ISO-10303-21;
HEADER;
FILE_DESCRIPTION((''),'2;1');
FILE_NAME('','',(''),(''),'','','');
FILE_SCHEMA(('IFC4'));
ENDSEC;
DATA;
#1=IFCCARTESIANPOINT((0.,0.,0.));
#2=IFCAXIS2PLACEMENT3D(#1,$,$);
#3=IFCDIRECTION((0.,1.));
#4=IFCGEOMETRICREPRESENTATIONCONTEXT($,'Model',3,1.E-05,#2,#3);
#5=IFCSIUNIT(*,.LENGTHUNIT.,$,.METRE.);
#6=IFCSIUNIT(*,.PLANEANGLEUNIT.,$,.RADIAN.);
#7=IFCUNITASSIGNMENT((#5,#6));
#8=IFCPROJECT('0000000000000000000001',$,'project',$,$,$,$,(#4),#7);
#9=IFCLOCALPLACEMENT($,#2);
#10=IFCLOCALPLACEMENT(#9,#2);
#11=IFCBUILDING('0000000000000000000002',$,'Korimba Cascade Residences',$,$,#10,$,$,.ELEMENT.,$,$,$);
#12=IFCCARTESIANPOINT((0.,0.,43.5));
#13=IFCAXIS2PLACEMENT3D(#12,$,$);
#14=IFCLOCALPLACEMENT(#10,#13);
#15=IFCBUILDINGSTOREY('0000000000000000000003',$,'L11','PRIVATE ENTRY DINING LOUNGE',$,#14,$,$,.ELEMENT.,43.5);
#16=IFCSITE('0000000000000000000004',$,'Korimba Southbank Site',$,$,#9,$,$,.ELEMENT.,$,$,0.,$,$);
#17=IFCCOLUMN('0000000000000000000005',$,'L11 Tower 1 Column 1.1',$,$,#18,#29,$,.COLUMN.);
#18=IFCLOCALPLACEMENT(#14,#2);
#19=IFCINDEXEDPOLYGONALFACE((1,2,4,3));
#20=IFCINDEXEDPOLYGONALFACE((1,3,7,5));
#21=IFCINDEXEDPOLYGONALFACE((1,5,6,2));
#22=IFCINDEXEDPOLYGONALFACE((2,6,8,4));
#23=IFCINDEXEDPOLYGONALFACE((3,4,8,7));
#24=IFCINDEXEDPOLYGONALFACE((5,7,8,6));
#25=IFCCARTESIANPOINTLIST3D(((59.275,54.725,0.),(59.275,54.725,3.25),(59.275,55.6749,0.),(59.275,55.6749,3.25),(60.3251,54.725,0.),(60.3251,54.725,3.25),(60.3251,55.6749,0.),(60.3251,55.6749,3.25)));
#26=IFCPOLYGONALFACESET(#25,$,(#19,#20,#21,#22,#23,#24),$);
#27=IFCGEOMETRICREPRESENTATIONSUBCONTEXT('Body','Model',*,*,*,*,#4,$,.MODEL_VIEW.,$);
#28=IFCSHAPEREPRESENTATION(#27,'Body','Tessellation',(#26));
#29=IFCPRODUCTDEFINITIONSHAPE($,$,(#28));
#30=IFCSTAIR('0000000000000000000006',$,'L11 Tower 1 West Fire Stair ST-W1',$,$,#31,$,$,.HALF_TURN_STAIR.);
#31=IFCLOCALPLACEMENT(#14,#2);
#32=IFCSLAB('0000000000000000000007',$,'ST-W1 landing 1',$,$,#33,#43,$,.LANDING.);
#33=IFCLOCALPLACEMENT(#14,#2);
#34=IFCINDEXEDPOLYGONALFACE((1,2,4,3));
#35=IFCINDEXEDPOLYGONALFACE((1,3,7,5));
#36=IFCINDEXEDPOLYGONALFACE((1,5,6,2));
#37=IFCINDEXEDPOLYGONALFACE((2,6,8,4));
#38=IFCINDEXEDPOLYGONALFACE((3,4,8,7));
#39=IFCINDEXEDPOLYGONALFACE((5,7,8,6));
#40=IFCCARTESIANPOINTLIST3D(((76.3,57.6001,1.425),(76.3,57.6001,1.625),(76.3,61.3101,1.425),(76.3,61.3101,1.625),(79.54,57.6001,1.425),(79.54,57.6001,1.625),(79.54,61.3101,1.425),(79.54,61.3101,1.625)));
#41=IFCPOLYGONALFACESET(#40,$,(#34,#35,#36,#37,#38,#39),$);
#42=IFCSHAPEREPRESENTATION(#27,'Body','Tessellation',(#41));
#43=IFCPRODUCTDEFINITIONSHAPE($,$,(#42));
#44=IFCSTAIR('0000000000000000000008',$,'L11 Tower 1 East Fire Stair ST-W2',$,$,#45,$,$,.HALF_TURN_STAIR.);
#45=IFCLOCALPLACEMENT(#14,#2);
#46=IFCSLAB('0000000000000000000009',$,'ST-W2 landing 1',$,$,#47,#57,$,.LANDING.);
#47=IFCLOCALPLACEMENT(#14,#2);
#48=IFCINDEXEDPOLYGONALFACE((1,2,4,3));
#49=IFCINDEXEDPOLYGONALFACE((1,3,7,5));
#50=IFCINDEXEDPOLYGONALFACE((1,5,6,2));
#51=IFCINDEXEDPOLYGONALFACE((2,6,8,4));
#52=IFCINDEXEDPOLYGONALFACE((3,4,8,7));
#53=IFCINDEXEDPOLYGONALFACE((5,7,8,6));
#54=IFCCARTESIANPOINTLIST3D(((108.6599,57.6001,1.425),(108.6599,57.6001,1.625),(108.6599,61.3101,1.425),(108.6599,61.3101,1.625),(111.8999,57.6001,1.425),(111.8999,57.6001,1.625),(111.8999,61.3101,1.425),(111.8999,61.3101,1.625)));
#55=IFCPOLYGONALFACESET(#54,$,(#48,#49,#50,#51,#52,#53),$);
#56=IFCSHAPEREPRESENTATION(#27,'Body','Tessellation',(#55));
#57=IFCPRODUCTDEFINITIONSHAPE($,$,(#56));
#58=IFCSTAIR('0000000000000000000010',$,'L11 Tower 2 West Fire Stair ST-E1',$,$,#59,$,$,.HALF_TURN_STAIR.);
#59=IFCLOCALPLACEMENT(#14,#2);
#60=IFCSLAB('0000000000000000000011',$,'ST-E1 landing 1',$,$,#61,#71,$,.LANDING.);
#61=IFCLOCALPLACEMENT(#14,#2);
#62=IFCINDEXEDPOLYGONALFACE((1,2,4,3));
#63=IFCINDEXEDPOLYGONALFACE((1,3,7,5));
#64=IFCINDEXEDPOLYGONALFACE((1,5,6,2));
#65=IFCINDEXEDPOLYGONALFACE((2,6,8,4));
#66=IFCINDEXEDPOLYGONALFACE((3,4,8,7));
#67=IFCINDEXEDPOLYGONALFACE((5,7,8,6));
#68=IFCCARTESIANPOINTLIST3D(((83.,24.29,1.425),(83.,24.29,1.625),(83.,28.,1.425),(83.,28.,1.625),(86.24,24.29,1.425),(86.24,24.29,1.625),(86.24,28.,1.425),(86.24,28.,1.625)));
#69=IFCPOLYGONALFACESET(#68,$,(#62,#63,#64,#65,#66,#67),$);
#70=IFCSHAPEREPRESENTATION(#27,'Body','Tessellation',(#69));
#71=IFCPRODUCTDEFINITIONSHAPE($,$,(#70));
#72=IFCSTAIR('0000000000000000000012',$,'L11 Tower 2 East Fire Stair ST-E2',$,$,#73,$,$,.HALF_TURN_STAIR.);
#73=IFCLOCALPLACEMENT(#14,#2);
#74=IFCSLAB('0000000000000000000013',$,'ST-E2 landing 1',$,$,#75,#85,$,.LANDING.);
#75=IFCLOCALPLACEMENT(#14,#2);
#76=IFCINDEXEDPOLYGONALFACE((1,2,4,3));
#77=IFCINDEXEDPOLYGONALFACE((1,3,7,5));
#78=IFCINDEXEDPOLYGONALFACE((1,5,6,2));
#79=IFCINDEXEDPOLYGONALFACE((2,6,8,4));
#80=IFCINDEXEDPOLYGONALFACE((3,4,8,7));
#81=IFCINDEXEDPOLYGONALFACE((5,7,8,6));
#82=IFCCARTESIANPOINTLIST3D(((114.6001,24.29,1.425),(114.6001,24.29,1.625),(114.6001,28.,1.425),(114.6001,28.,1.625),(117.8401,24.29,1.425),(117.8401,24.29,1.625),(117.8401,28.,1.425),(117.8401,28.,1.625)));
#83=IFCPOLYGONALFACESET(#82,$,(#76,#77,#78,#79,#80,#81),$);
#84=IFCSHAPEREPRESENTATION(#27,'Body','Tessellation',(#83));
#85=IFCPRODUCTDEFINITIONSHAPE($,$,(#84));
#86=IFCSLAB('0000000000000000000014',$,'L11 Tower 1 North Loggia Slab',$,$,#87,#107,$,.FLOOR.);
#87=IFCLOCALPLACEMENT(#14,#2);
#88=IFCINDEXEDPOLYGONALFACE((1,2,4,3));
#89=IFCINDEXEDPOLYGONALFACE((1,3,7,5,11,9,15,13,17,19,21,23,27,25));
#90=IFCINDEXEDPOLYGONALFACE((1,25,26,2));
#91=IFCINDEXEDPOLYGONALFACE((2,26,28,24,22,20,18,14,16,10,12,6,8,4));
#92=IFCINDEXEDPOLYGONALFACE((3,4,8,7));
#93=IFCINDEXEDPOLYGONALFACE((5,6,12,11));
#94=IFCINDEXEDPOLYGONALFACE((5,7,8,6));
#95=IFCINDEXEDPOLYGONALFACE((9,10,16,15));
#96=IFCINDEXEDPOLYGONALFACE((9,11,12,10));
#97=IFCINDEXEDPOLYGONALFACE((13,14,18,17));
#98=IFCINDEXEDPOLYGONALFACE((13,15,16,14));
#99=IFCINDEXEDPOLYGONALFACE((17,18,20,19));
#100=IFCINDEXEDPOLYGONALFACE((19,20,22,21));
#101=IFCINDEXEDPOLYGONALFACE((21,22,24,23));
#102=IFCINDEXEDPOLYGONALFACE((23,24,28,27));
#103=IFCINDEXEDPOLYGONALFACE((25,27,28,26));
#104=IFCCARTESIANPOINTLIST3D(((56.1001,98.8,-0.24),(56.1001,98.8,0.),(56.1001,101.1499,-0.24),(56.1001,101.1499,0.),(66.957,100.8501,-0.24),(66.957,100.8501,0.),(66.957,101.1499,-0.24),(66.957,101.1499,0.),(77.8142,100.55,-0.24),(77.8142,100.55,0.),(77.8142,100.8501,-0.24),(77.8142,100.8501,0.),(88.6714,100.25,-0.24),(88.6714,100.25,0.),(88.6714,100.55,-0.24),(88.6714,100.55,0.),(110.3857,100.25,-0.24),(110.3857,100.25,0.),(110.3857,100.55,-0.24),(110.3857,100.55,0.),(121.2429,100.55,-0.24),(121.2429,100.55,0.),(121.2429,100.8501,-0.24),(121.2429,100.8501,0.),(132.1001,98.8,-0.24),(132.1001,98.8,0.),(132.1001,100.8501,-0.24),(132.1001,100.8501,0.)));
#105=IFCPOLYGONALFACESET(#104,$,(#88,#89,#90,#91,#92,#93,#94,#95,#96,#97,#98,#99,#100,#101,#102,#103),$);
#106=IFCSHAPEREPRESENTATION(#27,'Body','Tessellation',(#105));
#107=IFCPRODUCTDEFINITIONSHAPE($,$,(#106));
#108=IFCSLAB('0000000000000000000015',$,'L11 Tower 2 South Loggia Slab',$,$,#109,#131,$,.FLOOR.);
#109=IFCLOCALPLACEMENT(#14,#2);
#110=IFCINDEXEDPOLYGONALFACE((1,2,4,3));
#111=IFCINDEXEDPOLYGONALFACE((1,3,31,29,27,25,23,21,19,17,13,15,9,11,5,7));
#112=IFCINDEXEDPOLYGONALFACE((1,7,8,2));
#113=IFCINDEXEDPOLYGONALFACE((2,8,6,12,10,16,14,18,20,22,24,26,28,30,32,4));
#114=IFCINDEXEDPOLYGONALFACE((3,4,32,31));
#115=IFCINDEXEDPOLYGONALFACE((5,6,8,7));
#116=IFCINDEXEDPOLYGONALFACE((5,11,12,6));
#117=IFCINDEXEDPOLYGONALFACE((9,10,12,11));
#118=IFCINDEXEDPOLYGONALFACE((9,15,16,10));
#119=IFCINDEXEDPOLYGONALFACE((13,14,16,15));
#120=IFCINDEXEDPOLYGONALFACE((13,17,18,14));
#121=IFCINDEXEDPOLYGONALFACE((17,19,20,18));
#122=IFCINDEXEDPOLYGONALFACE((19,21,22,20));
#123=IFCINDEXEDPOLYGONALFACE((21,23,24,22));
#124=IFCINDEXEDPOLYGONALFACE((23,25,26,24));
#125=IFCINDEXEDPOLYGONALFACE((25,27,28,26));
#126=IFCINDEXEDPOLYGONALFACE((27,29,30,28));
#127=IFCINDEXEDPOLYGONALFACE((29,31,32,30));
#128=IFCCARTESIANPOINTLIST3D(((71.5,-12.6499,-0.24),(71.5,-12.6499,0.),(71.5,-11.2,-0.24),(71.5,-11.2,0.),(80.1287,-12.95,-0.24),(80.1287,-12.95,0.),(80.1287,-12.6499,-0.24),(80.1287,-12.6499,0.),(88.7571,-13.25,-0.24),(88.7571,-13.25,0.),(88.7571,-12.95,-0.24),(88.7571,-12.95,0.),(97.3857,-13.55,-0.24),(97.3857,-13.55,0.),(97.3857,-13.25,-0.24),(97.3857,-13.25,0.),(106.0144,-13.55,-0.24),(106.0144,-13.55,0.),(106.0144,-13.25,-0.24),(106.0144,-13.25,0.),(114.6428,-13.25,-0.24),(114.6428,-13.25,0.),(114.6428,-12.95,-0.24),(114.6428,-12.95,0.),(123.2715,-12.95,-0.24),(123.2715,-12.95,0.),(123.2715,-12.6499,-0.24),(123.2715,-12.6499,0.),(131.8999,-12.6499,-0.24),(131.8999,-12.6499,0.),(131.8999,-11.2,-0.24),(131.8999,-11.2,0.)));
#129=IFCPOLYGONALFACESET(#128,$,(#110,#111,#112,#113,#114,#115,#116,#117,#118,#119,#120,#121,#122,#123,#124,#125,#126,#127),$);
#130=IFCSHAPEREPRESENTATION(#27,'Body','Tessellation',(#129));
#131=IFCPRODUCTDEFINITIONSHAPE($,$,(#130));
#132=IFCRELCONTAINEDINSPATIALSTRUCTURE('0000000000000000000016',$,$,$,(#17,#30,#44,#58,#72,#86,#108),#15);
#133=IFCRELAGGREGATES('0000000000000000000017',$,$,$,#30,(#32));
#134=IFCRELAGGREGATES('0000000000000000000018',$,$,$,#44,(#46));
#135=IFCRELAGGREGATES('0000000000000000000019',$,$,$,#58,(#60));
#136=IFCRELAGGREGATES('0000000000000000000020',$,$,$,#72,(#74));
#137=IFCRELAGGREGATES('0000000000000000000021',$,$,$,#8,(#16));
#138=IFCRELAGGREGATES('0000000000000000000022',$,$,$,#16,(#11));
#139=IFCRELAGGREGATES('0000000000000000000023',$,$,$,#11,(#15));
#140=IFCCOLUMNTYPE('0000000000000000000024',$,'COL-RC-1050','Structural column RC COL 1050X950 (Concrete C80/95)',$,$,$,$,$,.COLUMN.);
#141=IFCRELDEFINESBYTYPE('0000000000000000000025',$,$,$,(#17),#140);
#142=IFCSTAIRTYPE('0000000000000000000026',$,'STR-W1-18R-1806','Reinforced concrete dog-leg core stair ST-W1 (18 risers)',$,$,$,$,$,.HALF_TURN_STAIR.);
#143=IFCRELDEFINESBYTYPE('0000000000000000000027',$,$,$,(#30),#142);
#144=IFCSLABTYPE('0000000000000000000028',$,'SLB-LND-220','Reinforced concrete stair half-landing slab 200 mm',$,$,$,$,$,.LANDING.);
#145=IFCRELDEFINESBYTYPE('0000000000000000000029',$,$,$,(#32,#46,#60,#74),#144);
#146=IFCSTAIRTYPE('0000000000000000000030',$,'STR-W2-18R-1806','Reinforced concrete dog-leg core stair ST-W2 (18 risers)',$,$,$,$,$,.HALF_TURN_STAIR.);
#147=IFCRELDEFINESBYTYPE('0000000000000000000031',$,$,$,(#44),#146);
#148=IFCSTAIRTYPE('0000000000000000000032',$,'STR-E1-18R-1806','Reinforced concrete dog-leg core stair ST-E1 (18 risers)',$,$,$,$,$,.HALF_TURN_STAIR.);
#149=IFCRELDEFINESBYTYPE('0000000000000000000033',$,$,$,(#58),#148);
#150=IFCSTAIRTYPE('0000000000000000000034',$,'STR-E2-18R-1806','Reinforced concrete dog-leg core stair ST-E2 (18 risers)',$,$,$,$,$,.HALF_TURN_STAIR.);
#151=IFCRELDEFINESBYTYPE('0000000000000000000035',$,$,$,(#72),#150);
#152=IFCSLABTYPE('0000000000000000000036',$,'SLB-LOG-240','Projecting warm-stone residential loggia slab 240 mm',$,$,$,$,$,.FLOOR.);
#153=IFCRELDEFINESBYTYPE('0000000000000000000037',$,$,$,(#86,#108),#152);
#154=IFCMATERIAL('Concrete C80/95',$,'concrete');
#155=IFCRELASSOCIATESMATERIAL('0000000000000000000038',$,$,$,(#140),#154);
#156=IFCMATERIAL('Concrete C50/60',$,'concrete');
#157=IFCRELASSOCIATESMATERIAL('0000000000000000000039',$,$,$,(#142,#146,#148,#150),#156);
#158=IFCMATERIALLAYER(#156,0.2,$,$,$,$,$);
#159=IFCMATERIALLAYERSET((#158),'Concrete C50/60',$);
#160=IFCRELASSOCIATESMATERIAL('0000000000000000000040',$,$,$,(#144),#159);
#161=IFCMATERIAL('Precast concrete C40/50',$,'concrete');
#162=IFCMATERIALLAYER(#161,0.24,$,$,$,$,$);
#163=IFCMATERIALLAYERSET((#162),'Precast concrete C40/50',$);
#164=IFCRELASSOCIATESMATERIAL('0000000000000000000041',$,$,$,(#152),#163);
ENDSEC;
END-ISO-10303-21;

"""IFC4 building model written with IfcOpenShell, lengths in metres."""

from ifc_helpers import new_model, si_unit, direction, frame, origin, origin_2d, place, context, subcontext, project, spatial, polyline, rectangle, outline, extrude, material, layer, layer_set, material_profile, profile_set, type_object, element, aggregate, save


model = new_model("IFC4")

# Units and contexts
model_context = context("Model", 3, precision=1e-05, world=origin(), true_north=direction((0.0, 1.0)))
body_context = subcontext(model_context, "Body", "Model", "MODEL_VIEW")
ifc_project = project(units=[si_unit("LENGTHUNIT", "METRE"), si_unit("PLANEANGLEUNIT", "RADIAN")], contexts=[model_context])

# Site, building, storey
site_placement = place(None, origin())
site = spatial("IfcSite", under=ifc_project, at=site_placement, Name="Korimba Southbank Site", CompositionType="ELEMENT", RefElevation=0.0)
building_placement = place(site_placement, origin())
building = spatial("IfcBuilding", under=site, at=building_placement, Name="Korimba Cascade Residences", CompositionType="ELEMENT")
storey_placement = place(building_placement, frame((0.0, 0.0, 43.5)))
storey = spatial("IfcBuildingStorey", under=building, at=storey_placement, Name="L11", Description="PRIVATE ENTRY DINING LOUNGE", CompositionType="ELEMENT", Elevation=43.5)

# Column
ifc_material_1 = material(Name="Concrete C80/95", Category="concrete")
ifc_material_profile = material_profile(ifc_material_1, rectangle(XDim=1.05, YDim=0.95, at=origin_2d()), Name="Concrete C80/95")
ifc_profile_set = profile_set([ifc_material_profile], Name="Concrete C80/95")
column_type = type_object("IfcColumnType", Name="COL-RC-1050", Description="Structural column RC COL 1050X950 (Concrete C80/95)", PredefinedType="COLUMN", material=ifc_profile_set)
column_placement = place(storey_placement, frame((59.8, 55.2, 0.0), z_axis=(0.0, 0.0, 1.0), x_axis=(1.0, 0.0, 0.0)))
element("IfcColumn", 1, at=column_placement, inside=storey, type_object=column_type, Name="L11 Tower 1 Column 1.1", PredefinedType="COLUMN", context=body_context, shape_type="SweptSolid", body=[
    extrude(rectangle(XDim=1.05, YDim=0.95, at=origin_2d()), origin(), (0.0, 0.0, 1.0), 3.25),
])

# Stairs, slabs
ifc_material_2 = material(Name="Concrete C50/60", Category="concrete")
stair_type_1 = type_object("IfcStairType", Name="STR-W1-18R-1806", Description="Reinforced concrete dog-leg core stair ST-W1 (18 risers)", PredefinedType="HALF_TURN_STAIR", material=ifc_material_2)
stair_1_placement = place(storey_placement, origin())
stair_1 = element("IfcStair", 2, at=stair_1_placement, inside=storey, type_object=stair_type_1, Name="L11 Tower 1 West Fire Stair ST-W1", PredefinedType="HALF_TURN_STAIR")
ifc_layer_1 = layer(ifc_material_2, 0.2)
ifc_layer_set_1 = layer_set([ifc_layer_1], Name="Concrete C50/60")
slab_type_1 = type_object("IfcSlabType", Name="SLB-LND-220", Description="Reinforced concrete stair half-landing slab 200 mm", PredefinedType="LANDING", material=ifc_layer_set_1)
slab_1_placement = place(storey_placement, frame((0.0, 0.0, 1.425)))
slab_1 = element("IfcSlab", 3, at=slab_1_placement, type_object=slab_type_1, Name="ST-W1 landing 1", PredefinedType="LANDING", context=body_context, shape_type="SweptSolid", body=[
    extrude(outline(polyline([(76.3, 61.3101), (76.3, 57.6001), (79.54, 57.6001), (79.54, 61.3101), (76.3, 61.3101)])), origin(), (0.0, 0.0, 1.0), 0.2),
])
aggregate(stair_1, [slab_1])
stair_type_2 = type_object("IfcStairType", Name="STR-W2-18R-1806", Description="Reinforced concrete dog-leg core stair ST-W2 (18 risers)", PredefinedType="HALF_TURN_STAIR", material=ifc_material_2)
stair_2_placement = place(storey_placement, origin())
stair_2 = element("IfcStair", 4, at=stair_2_placement, inside=storey, type_object=stair_type_2, Name="L11 Tower 1 East Fire Stair ST-W2", PredefinedType="HALF_TURN_STAIR")
slab_2_placement = place(storey_placement, frame((0.0, 0.0, 1.425)))
slab_2 = element("IfcSlab", 5, at=slab_2_placement, type_object=slab_type_1, Name="ST-W2 landing 1", PredefinedType="LANDING", context=body_context, shape_type="SweptSolid", body=[
    extrude(outline(polyline([(108.6599, 61.3101), (108.6599, 57.6001), (111.8999, 57.6001), (111.8999, 61.3101), (108.6599, 61.3101)])), origin(), (0.0, 0.0, 1.0), 0.2),
])
aggregate(stair_2, [slab_2])
stair_type_3 = type_object("IfcStairType", Name="STR-E1-18R-1806", Description="Reinforced concrete dog-leg core stair ST-E1 (18 risers)", PredefinedType="HALF_TURN_STAIR", material=ifc_material_2)
stair_3_placement = place(storey_placement, origin())
stair_3 = element("IfcStair", 6, at=stair_3_placement, inside=storey, type_object=stair_type_3, Name="L11 Tower 2 West Fire Stair ST-E1", PredefinedType="HALF_TURN_STAIR")
slab_3_placement = place(storey_placement, frame((0.0, 0.0, 1.425)))
slab_3 = element("IfcSlab", 7, at=slab_3_placement, type_object=slab_type_1, Name="ST-E1 landing 1", PredefinedType="LANDING", context=body_context, shape_type="SweptSolid", body=[
    extrude(outline(polyline([(86.24, 24.29), (86.24, 28.0), (83.0, 28.0), (83.0, 24.29), (86.24, 24.29)])), origin(), (0.0, 0.0, 1.0), 0.2),
])
aggregate(stair_3, [slab_3])
stair_type_4 = type_object("IfcStairType", Name="STR-E2-18R-1806", Description="Reinforced concrete dog-leg core stair ST-E2 (18 risers)", PredefinedType="HALF_TURN_STAIR", material=ifc_material_2)
stair_4_placement = place(storey_placement, origin())
stair_4 = element("IfcStair", 8, at=stair_4_placement, inside=storey, type_object=stair_type_4, Name="L11 Tower 2 East Fire Stair ST-E2", PredefinedType="HALF_TURN_STAIR")
slab_4_placement = place(storey_placement, frame((0.0, 0.0, 1.425)))
slab_4 = element("IfcSlab", 9, at=slab_4_placement, type_object=slab_type_1, Name="ST-E2 landing 1", PredefinedType="LANDING", context=body_context, shape_type="SweptSolid", body=[
    extrude(outline(polyline([(117.8401, 24.29), (117.8401, 28.0), (114.6001, 28.0), (114.6001, 24.29), (117.8401, 24.29)])), origin(), (0.0, 0.0, 1.0), 0.2),
])
aggregate(stair_4, [slab_4])

# Slabs
ifc_material_3 = material(Name="Precast concrete C40/50", Category="concrete")
ifc_layer_2 = layer(ifc_material_3, 0.24)
ifc_layer_set_2 = layer_set([ifc_layer_2], Name="Precast concrete C40/50")
slab_type_2 = type_object("IfcSlabType", Name="SLB-LOG-240", Description="Projecting warm-stone residential loggia slab 240 mm", PredefinedType="FLOOR", material=ifc_layer_set_2)
slab_5_placement = place(storey_placement, frame((0.0, 0.0, -0.24)))
element("IfcSlab", 10, at=slab_5_placement, inside=storey, type_object=slab_type_2, Name="L11 Tower 1 North Loggia Slab", PredefinedType="FLOOR", context=body_context, shape_type="SweptSolid", body=[
    extrude(outline(polyline([(56.1001, 98.8), (132.1001, 98.8), (132.1001, 100.8501), (121.2429, 100.8501), (121.2429, 100.55), (110.3857, 100.55), (110.3857, 100.25), (88.6714, 100.25), (88.6714, 100.55), (77.8142, 100.55), (77.8142, 100.8501), (66.957, 100.8501), (66.957, 101.1499), (56.1001, 101.1499), (56.1001, 98.8)])), origin(), (0.0, 0.0, 1.0), 0.24),
])
slab_6_placement = place(storey_placement, frame((0.0, 0.0, -0.24)))
element("IfcSlab", 11, at=slab_6_placement, inside=storey, type_object=slab_type_2, Name="L11 Tower 2 South Loggia Slab", PredefinedType="FLOOR", context=body_context, shape_type="SweptSolid", body=[
    extrude(outline(polyline([(71.5, -12.6499), (80.1287, -12.6499), (80.1287, -12.95), (88.7571, -12.95), (88.7571, -13.25), (97.3857, -13.25), (97.3857, -13.55), (106.0144, -13.55), (106.0144, -13.25), (114.6428, -13.25), (114.6428, -12.95), (123.2715, -12.95), (123.2715, -12.6499), (131.8999, -12.6499), (131.8999, -11.2), (71.5, -11.2), (71.5, -12.6499)])), origin(), (0.0, 0.0, 1.0), 0.24),
])

save(model, "model.ifc")
